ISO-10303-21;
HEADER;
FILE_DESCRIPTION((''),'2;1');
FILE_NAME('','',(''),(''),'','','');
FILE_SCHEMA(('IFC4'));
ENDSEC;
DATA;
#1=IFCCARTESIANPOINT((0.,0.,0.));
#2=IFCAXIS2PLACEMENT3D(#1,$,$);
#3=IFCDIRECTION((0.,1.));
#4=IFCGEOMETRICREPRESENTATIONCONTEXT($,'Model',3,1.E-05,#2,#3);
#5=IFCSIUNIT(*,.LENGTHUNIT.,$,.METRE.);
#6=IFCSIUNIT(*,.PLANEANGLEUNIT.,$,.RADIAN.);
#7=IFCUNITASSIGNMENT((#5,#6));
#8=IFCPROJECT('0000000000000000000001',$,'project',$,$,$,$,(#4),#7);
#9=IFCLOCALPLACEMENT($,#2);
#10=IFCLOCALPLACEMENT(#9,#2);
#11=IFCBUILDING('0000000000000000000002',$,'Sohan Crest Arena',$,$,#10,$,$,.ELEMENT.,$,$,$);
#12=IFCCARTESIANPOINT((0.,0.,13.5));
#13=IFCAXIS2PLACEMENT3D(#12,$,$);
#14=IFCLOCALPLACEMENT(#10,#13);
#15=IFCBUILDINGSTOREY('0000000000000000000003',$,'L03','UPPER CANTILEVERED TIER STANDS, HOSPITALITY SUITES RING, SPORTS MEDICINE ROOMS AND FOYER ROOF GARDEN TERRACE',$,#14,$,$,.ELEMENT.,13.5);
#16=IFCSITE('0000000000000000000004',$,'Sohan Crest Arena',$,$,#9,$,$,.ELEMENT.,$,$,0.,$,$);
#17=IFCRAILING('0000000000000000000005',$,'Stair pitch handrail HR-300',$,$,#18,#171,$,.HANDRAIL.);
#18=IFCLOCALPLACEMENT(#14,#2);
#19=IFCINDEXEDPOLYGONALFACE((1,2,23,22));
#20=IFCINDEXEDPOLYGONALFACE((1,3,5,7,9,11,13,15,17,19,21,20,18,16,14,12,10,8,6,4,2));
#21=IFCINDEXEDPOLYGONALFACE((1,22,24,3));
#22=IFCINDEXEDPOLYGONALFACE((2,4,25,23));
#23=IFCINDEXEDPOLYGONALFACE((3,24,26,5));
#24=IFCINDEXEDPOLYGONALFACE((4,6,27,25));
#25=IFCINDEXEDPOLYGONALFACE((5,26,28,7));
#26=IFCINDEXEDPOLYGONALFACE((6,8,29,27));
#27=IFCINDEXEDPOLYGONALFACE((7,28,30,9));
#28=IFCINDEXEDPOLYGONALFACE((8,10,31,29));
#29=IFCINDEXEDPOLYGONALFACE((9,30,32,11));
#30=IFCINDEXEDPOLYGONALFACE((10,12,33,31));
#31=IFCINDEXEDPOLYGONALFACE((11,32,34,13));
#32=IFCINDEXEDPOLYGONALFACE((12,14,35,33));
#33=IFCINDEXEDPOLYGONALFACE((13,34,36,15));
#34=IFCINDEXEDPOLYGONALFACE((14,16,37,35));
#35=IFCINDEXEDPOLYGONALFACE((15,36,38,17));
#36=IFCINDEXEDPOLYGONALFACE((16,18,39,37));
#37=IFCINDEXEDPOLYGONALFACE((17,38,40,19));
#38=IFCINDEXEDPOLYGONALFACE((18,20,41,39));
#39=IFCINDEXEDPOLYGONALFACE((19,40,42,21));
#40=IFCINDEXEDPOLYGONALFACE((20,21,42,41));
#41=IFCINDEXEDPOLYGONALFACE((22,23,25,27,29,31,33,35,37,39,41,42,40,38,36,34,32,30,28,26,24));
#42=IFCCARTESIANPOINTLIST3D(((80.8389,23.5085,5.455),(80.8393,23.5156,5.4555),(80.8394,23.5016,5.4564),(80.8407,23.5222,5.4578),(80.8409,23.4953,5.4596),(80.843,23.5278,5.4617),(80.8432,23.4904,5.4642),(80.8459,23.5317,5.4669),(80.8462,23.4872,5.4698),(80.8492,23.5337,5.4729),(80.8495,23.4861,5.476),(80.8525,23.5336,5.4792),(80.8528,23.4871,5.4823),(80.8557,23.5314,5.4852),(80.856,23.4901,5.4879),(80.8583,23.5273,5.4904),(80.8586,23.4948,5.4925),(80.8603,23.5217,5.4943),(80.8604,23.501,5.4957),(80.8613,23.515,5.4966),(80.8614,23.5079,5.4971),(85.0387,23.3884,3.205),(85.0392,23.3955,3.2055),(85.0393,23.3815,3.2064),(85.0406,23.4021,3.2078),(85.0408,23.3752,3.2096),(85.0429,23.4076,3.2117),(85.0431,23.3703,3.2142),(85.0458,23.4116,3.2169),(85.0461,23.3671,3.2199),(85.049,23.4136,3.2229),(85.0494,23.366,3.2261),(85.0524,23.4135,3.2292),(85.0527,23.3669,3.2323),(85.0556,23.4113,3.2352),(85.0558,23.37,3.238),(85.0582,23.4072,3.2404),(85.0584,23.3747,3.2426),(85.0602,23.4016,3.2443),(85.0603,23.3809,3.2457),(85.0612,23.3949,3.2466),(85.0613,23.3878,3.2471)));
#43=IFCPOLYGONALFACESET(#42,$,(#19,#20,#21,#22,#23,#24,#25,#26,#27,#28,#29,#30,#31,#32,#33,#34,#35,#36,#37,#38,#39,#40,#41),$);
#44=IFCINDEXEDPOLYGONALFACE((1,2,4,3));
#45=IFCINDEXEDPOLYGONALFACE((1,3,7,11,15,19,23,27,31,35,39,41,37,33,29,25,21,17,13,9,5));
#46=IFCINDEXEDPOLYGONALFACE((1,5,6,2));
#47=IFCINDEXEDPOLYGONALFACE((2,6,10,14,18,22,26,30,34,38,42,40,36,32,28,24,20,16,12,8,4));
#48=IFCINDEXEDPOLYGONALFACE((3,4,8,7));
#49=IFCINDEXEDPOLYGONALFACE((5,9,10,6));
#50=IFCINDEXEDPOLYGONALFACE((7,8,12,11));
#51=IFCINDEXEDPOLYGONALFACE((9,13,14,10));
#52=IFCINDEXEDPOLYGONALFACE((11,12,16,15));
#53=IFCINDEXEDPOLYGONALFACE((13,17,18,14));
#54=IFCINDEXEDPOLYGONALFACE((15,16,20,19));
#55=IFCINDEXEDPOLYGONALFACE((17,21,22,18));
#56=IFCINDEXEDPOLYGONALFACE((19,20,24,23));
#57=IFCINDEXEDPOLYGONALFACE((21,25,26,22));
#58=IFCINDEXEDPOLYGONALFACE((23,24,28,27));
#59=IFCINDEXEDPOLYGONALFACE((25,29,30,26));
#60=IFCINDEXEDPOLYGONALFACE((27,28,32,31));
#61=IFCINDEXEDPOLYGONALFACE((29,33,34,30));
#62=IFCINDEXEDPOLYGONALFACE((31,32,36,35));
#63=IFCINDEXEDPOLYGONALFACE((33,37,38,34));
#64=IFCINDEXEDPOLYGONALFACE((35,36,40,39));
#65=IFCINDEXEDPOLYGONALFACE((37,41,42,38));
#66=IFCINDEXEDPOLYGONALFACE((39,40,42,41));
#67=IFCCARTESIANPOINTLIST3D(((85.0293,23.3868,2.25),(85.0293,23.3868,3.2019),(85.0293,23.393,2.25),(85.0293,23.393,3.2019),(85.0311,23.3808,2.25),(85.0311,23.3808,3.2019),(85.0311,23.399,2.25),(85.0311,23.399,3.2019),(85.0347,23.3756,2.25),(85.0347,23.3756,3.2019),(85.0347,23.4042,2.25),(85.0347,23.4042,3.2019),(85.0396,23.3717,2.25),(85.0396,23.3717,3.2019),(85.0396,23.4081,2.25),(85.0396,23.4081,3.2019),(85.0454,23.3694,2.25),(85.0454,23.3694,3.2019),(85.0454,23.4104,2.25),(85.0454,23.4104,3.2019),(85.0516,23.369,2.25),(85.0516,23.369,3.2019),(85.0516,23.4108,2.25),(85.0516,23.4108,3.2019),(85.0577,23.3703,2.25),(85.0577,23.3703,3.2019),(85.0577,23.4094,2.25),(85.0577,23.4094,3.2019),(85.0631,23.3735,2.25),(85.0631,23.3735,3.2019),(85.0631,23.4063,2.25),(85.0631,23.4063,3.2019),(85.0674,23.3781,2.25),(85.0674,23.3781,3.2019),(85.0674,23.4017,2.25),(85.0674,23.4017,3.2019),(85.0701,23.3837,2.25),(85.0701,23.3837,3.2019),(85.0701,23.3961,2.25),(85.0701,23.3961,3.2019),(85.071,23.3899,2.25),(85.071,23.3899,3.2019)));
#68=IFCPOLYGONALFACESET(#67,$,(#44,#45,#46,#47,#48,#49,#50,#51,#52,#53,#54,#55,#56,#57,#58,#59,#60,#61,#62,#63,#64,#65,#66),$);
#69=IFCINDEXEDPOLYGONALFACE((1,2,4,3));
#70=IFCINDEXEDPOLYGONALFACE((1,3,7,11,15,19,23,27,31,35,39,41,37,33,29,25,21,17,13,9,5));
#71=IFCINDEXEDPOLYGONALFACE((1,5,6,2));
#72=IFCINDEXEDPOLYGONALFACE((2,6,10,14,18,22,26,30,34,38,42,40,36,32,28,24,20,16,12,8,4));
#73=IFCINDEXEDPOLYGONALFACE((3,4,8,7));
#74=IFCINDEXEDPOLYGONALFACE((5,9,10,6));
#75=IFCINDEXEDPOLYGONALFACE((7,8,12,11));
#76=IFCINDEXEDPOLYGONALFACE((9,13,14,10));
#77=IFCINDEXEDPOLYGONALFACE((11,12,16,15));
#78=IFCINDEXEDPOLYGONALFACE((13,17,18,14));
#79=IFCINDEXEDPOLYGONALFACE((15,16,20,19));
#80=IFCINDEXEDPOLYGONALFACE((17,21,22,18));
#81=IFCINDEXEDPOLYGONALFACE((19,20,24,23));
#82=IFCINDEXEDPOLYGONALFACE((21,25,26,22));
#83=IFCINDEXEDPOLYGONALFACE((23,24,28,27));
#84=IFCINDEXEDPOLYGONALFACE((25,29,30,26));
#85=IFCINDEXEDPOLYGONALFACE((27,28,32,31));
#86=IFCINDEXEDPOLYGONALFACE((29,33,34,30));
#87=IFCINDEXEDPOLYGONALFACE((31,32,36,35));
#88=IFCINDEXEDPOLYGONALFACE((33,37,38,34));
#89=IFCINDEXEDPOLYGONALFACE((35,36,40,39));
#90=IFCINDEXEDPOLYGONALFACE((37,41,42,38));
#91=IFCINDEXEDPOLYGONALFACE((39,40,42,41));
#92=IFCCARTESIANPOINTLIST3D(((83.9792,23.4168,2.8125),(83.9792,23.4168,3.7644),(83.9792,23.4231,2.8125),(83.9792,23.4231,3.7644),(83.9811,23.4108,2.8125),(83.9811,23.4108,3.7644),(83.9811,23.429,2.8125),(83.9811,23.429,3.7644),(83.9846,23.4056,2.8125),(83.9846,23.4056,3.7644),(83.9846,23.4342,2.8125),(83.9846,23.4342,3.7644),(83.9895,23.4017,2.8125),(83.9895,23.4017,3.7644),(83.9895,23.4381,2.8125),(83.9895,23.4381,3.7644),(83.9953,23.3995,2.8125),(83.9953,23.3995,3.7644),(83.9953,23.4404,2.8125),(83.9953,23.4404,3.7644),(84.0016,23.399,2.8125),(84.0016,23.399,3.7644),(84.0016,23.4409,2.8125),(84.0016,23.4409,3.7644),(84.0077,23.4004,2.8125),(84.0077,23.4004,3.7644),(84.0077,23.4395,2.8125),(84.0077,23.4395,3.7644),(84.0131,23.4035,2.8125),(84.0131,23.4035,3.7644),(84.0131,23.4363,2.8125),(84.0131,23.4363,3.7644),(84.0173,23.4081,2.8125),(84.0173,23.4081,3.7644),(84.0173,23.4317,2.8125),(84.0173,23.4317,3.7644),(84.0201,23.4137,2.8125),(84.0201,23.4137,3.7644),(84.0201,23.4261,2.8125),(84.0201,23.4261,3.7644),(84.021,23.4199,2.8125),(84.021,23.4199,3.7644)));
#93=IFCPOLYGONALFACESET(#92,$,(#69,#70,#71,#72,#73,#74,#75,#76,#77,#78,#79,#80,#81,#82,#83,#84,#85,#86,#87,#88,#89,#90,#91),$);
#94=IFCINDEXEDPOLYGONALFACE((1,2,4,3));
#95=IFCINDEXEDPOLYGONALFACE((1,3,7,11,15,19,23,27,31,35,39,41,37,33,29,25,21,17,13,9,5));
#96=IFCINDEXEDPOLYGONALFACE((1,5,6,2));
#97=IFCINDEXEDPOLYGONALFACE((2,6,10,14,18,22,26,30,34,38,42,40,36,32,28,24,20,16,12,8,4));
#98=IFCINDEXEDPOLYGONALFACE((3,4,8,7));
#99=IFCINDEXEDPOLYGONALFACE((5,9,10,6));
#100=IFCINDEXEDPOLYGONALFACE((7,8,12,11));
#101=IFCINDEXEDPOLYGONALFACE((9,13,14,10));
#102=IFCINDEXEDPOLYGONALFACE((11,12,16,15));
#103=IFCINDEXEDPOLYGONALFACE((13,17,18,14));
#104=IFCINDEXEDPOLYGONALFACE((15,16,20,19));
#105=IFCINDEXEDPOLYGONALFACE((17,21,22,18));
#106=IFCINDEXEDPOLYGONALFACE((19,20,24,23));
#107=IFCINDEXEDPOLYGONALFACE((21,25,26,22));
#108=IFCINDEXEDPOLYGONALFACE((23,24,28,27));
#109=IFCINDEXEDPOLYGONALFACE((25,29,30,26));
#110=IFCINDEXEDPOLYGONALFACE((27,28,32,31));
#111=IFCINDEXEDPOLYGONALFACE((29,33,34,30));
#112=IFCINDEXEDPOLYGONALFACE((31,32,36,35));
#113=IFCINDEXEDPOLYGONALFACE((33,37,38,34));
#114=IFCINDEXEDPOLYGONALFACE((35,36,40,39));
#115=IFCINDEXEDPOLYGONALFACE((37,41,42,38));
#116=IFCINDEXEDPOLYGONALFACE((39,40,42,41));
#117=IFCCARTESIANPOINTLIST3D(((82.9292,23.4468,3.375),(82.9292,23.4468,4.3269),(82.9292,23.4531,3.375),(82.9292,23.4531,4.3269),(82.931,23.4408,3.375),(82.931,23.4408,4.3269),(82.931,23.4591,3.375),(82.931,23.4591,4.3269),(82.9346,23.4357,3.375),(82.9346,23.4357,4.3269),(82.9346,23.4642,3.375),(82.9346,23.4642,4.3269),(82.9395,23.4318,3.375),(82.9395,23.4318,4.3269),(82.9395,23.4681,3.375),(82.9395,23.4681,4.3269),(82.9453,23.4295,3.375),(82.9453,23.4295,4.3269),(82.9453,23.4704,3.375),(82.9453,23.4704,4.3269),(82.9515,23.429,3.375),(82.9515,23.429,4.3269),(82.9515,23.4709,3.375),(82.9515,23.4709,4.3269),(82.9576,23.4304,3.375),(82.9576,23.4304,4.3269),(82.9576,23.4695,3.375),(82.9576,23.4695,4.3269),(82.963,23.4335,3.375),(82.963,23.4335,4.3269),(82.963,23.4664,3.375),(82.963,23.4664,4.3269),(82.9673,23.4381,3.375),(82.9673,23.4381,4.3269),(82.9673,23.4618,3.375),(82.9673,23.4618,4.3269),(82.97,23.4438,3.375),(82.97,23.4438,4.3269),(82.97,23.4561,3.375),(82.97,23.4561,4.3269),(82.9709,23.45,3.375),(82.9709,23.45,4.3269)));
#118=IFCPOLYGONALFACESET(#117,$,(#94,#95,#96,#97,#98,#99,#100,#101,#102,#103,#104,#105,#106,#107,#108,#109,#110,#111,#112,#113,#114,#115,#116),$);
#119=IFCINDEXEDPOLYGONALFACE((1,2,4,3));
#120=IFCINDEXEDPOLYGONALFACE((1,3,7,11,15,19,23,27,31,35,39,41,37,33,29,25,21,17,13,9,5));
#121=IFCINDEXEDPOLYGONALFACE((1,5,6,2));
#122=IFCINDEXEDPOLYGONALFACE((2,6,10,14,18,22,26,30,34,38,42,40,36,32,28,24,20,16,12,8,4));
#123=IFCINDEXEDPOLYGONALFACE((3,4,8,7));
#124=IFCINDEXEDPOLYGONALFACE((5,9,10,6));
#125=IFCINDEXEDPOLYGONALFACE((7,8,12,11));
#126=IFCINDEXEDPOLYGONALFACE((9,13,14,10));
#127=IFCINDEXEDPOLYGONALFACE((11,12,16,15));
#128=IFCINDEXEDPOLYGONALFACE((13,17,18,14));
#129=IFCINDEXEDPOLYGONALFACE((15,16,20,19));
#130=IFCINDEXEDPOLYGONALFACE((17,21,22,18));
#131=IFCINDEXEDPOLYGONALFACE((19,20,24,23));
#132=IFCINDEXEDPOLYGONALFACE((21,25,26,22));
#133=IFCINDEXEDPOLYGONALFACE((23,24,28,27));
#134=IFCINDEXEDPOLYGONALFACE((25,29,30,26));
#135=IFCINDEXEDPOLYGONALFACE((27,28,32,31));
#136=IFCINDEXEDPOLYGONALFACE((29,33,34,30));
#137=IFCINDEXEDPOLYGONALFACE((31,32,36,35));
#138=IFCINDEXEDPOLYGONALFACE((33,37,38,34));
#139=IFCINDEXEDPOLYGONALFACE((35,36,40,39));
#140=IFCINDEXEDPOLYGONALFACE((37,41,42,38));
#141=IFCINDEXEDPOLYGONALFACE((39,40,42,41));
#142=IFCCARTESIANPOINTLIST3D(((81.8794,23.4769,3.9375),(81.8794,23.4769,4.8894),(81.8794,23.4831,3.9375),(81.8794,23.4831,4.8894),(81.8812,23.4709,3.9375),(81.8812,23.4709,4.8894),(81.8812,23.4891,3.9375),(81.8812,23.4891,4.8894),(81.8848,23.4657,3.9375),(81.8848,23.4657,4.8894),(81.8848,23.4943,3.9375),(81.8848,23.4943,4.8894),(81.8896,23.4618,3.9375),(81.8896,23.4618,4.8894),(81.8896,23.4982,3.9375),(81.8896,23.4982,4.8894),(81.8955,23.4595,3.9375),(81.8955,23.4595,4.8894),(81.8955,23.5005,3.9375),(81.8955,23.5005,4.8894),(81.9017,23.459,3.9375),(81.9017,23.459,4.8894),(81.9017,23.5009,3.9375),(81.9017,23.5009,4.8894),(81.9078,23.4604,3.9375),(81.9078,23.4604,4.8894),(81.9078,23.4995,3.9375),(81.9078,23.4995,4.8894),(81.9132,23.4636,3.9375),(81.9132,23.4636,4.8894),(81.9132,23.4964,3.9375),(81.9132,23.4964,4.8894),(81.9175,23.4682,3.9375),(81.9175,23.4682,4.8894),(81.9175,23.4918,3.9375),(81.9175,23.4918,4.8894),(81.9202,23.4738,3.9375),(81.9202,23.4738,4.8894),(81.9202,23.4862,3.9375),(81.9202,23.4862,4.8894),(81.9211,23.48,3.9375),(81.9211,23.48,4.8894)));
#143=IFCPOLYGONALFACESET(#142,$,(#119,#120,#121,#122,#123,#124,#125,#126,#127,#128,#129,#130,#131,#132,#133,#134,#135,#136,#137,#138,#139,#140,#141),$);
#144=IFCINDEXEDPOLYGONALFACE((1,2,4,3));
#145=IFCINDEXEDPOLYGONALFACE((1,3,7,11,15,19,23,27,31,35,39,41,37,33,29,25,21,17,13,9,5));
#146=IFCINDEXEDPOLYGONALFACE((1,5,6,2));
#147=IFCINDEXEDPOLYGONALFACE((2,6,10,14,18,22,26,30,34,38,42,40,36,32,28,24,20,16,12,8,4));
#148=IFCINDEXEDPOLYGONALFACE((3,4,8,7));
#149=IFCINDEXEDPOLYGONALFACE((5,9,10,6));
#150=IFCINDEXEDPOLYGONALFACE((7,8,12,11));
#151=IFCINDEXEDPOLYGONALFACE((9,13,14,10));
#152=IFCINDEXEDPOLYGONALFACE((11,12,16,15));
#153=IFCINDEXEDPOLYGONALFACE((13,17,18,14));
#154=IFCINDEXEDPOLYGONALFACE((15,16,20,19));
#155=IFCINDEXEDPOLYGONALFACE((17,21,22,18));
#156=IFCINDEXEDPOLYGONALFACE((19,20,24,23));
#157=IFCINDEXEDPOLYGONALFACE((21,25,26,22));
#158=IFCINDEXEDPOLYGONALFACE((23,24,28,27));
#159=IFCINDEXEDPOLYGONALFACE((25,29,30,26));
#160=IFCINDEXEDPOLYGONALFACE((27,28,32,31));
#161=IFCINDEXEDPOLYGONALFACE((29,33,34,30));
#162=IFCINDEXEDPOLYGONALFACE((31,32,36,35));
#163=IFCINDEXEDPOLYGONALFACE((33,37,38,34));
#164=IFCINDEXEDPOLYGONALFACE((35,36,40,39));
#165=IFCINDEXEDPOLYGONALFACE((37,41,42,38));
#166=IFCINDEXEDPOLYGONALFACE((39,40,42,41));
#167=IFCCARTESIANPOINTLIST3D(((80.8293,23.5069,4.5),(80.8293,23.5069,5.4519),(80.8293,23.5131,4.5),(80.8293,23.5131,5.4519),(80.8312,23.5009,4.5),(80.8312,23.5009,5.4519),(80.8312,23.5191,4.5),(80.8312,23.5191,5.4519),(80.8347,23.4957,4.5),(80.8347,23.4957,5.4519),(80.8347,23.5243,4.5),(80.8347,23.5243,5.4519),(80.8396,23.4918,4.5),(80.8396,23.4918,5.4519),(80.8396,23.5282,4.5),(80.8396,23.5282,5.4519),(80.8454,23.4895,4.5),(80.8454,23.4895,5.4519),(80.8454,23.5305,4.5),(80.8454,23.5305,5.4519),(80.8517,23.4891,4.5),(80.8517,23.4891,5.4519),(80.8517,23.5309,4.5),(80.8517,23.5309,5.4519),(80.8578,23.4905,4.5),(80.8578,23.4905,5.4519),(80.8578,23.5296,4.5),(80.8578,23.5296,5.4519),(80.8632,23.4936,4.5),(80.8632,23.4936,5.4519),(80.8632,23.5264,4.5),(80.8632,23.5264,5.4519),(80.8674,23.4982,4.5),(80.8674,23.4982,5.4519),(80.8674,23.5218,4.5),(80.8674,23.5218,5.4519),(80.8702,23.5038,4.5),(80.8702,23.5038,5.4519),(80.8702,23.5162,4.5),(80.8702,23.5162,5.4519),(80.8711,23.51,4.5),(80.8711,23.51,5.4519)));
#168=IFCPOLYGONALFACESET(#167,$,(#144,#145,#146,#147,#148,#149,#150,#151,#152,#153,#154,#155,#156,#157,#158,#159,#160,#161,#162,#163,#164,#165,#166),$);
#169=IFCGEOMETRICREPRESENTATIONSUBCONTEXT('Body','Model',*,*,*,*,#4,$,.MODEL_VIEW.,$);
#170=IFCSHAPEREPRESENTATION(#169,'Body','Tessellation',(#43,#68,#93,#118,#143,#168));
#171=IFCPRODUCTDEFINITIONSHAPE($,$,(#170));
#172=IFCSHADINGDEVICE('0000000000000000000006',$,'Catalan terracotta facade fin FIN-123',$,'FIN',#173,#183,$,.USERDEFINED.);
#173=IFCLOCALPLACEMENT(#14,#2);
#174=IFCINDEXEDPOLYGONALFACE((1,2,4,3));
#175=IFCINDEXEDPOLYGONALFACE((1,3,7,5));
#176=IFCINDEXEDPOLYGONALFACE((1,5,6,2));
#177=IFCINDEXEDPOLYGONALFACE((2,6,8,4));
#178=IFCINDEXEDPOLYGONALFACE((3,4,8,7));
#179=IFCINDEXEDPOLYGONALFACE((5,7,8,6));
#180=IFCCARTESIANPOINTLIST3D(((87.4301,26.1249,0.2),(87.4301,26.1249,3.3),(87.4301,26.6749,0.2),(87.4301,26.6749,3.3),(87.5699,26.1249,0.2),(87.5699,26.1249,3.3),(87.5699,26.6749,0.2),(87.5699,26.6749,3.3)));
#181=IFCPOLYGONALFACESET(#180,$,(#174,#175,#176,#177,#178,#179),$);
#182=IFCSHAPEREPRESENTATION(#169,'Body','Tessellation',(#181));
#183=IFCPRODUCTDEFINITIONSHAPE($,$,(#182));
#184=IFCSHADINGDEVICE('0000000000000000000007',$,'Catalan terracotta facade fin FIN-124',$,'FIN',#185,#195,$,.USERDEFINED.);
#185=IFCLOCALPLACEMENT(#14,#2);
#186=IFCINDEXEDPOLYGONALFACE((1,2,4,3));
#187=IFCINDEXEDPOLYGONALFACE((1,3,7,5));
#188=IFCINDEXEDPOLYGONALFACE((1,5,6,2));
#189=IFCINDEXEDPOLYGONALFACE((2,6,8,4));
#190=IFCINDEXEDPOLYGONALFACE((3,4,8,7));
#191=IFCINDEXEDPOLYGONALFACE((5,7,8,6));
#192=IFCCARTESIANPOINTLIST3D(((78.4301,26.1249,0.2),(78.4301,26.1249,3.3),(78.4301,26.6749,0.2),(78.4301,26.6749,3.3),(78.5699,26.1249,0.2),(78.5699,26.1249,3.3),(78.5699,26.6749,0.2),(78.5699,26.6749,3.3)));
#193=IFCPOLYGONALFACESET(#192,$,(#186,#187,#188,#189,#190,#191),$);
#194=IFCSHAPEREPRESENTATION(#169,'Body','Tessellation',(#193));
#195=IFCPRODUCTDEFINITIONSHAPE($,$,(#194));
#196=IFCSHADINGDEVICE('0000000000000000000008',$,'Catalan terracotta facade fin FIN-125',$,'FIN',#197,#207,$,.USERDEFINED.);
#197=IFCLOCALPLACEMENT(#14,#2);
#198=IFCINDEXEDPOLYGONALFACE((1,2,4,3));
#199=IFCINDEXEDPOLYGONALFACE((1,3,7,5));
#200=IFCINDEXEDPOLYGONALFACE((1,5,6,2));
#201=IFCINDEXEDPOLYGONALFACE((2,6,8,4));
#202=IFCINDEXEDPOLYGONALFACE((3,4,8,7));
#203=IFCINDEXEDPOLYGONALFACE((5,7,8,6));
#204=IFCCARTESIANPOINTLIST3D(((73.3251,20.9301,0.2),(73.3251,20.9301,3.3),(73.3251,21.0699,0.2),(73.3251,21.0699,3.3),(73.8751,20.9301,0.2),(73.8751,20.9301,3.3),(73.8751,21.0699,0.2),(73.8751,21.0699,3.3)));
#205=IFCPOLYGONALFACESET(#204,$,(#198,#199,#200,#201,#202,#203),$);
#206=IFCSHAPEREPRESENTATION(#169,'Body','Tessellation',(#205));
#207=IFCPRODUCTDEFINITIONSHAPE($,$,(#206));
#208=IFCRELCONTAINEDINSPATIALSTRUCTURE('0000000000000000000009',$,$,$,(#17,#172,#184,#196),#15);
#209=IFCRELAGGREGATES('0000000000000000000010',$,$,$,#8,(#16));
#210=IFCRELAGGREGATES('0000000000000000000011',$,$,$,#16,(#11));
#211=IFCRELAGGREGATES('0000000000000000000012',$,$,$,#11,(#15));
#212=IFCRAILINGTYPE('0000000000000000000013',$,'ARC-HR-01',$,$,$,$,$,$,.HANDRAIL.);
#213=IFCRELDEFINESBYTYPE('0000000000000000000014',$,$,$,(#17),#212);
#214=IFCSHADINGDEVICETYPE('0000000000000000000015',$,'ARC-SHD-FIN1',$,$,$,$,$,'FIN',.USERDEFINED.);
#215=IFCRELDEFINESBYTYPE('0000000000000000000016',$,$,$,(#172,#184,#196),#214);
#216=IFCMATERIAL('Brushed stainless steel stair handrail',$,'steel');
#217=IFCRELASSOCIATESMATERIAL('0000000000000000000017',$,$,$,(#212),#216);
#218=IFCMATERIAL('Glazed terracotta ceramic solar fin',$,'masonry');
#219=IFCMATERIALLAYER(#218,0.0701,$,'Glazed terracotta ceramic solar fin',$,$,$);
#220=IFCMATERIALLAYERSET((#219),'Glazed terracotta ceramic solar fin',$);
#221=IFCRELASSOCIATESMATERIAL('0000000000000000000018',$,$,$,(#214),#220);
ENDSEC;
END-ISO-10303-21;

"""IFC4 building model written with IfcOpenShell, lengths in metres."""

from ifc_helpers import new_model, si_unit, direction, frame, origin, origin_2d, place, context, subcontext, project, spatial, rectangle, circle, extrude, material, layer, layer_set, type_object, element, save


model = new_model("IFC4")

# Units and contexts
model_context = context("Model", 3, precision=1e-05, world=origin(), true_north=direction((0.0, 1.0)))
body_context = subcontext(model_context, "Body", "Model", "MODEL_VIEW")
ifc_project = project(units=[si_unit("LENGTHUNIT", "METRE"), si_unit("PLANEANGLEUNIT", "RADIAN")], contexts=[model_context])

# Site, building, storey
site_placement = place(None, origin())
site = spatial("IfcSite", under=ifc_project, at=site_placement, Name="Sohan Crest Arena", CompositionType="ELEMENT", RefElevation=0.0)
building_placement = place(site_placement, origin())
building = spatial("IfcBuilding", under=site, at=building_placement, Name="Sohan Crest Arena", CompositionType="ELEMENT")
storey_placement = place(building_placement, frame((0.0, 0.0, 13.5)))
storey = spatial("IfcBuildingStorey", under=building, at=storey_placement, Name="L03", Description="UPPER CANTILEVERED TIER STANDS, HOSPITALITY SUITES RING, SPORTS MEDICINE ROOMS AND FOYER ROOF GARDEN TERRACE", CompositionType="ELEMENT", Elevation=13.5)

# Railing
ifc_material_1 = material(Name="Brushed stainless steel stair handrail", Category="steel")
railing_type_1 = type_object("IfcRailingType", Name="ARC-HR-01", PredefinedType="HANDRAIL", material=ifc_material_1)
railing_1_placement = place(storey_placement, frame((85.05, 23.3899, 2.25)))
element("IfcRailing", 1, at=railing_1_placement, inside=storey, type_object=railing_type_1, Name="Stair pitch handrail HR-300", PredefinedType="HANDRAIL", context=body_context, shape_type="SweptSolid", body=[
    extrude(circle(Radius=0.0239, at=origin_2d()), frame((0.0, 0.0, 0.9761), z_axis=(-0.881198, 0.025202, 0.472076), x_axis=(-0.028588, -0.999591, 0.0)), (0.0, 0.0, 1.0), 4.7661),
    extrude(circle(Radius=0.021, at=origin_2d()), origin(), (0.0, 0.0, 1.0), 0.9519),
    extrude(circle(Radius=0.021, at=origin_2d()), frame((-1.05, 0.03, 0.5625)), (0.0, 0.0, 1.0), 0.9519),
    extrude(circle(Radius=0.021, at=origin_2d()), frame((-2.1001, 0.0601, 1.125)), (0.0, 0.0, 1.0), 0.9519),
    extrude(circle(Radius=0.021, at=origin_2d()), frame((-3.1499, 0.0901, 1.6875)), (0.0, 0.0, 1.0), 0.9519),
    extrude(circle(Radius=0.021, at=origin_2d()), frame((-4.2, 0.1201, 2.25)), (0.0, 0.0, 1.0), 0.9519),
])

# Shading devices
ifc_material_2 = material(Name="Glazed terracotta ceramic solar fin", Category="masonry")
ifc_layer_1 = layer(ifc_material_2, 0.0701, Name="Glazed terracotta ceramic solar fin")
ifc_layer_set_1 = layer_set([ifc_layer_1], Name="Glazed terracotta ceramic solar fin")
shading_device_type = type_object("IfcShadingDeviceType", Name="ARC-SHD-FIN1", ElementType="FIN", PredefinedType="USERDEFINED", material=ifc_layer_set_1)
for number, where, z_axis, x_axis, name in (
    (2, (87.5, 26.3999, 0.2), (0.0, 0.0, 1.0), (-1.0, 0.0, 0.0), "Catalan terracotta facade fin FIN-123"),
    (3, (78.5, 26.3999, 0.2), (0.0, 0.0, 1.0), (-1.0, 0.0, 0.0), "Catalan terracotta facade fin FIN-124"),
    (4, (73.6001, 21.0, 0.2), (0.0, 0.0, 1.0), (0.0, -1.0, 0.0), "Catalan terracotta facade fin FIN-125"),
):
    element("IfcShadingDevice", number, at=place(storey_placement, frame(where, z_axis=z_axis, x_axis=x_axis)), inside=storey, type_object=shading_device_type, Name=name, ObjectType="FIN", PredefinedType="USERDEFINED", context=body_context, shape_type="SweptSolid", body=[
        extrude(rectangle(XDim=0.1399, YDim=0.55, at=origin_2d()), origin(), (0.0, 0.0, 1.0), 3.1001),
    ])

save(model, "model.ifc")
